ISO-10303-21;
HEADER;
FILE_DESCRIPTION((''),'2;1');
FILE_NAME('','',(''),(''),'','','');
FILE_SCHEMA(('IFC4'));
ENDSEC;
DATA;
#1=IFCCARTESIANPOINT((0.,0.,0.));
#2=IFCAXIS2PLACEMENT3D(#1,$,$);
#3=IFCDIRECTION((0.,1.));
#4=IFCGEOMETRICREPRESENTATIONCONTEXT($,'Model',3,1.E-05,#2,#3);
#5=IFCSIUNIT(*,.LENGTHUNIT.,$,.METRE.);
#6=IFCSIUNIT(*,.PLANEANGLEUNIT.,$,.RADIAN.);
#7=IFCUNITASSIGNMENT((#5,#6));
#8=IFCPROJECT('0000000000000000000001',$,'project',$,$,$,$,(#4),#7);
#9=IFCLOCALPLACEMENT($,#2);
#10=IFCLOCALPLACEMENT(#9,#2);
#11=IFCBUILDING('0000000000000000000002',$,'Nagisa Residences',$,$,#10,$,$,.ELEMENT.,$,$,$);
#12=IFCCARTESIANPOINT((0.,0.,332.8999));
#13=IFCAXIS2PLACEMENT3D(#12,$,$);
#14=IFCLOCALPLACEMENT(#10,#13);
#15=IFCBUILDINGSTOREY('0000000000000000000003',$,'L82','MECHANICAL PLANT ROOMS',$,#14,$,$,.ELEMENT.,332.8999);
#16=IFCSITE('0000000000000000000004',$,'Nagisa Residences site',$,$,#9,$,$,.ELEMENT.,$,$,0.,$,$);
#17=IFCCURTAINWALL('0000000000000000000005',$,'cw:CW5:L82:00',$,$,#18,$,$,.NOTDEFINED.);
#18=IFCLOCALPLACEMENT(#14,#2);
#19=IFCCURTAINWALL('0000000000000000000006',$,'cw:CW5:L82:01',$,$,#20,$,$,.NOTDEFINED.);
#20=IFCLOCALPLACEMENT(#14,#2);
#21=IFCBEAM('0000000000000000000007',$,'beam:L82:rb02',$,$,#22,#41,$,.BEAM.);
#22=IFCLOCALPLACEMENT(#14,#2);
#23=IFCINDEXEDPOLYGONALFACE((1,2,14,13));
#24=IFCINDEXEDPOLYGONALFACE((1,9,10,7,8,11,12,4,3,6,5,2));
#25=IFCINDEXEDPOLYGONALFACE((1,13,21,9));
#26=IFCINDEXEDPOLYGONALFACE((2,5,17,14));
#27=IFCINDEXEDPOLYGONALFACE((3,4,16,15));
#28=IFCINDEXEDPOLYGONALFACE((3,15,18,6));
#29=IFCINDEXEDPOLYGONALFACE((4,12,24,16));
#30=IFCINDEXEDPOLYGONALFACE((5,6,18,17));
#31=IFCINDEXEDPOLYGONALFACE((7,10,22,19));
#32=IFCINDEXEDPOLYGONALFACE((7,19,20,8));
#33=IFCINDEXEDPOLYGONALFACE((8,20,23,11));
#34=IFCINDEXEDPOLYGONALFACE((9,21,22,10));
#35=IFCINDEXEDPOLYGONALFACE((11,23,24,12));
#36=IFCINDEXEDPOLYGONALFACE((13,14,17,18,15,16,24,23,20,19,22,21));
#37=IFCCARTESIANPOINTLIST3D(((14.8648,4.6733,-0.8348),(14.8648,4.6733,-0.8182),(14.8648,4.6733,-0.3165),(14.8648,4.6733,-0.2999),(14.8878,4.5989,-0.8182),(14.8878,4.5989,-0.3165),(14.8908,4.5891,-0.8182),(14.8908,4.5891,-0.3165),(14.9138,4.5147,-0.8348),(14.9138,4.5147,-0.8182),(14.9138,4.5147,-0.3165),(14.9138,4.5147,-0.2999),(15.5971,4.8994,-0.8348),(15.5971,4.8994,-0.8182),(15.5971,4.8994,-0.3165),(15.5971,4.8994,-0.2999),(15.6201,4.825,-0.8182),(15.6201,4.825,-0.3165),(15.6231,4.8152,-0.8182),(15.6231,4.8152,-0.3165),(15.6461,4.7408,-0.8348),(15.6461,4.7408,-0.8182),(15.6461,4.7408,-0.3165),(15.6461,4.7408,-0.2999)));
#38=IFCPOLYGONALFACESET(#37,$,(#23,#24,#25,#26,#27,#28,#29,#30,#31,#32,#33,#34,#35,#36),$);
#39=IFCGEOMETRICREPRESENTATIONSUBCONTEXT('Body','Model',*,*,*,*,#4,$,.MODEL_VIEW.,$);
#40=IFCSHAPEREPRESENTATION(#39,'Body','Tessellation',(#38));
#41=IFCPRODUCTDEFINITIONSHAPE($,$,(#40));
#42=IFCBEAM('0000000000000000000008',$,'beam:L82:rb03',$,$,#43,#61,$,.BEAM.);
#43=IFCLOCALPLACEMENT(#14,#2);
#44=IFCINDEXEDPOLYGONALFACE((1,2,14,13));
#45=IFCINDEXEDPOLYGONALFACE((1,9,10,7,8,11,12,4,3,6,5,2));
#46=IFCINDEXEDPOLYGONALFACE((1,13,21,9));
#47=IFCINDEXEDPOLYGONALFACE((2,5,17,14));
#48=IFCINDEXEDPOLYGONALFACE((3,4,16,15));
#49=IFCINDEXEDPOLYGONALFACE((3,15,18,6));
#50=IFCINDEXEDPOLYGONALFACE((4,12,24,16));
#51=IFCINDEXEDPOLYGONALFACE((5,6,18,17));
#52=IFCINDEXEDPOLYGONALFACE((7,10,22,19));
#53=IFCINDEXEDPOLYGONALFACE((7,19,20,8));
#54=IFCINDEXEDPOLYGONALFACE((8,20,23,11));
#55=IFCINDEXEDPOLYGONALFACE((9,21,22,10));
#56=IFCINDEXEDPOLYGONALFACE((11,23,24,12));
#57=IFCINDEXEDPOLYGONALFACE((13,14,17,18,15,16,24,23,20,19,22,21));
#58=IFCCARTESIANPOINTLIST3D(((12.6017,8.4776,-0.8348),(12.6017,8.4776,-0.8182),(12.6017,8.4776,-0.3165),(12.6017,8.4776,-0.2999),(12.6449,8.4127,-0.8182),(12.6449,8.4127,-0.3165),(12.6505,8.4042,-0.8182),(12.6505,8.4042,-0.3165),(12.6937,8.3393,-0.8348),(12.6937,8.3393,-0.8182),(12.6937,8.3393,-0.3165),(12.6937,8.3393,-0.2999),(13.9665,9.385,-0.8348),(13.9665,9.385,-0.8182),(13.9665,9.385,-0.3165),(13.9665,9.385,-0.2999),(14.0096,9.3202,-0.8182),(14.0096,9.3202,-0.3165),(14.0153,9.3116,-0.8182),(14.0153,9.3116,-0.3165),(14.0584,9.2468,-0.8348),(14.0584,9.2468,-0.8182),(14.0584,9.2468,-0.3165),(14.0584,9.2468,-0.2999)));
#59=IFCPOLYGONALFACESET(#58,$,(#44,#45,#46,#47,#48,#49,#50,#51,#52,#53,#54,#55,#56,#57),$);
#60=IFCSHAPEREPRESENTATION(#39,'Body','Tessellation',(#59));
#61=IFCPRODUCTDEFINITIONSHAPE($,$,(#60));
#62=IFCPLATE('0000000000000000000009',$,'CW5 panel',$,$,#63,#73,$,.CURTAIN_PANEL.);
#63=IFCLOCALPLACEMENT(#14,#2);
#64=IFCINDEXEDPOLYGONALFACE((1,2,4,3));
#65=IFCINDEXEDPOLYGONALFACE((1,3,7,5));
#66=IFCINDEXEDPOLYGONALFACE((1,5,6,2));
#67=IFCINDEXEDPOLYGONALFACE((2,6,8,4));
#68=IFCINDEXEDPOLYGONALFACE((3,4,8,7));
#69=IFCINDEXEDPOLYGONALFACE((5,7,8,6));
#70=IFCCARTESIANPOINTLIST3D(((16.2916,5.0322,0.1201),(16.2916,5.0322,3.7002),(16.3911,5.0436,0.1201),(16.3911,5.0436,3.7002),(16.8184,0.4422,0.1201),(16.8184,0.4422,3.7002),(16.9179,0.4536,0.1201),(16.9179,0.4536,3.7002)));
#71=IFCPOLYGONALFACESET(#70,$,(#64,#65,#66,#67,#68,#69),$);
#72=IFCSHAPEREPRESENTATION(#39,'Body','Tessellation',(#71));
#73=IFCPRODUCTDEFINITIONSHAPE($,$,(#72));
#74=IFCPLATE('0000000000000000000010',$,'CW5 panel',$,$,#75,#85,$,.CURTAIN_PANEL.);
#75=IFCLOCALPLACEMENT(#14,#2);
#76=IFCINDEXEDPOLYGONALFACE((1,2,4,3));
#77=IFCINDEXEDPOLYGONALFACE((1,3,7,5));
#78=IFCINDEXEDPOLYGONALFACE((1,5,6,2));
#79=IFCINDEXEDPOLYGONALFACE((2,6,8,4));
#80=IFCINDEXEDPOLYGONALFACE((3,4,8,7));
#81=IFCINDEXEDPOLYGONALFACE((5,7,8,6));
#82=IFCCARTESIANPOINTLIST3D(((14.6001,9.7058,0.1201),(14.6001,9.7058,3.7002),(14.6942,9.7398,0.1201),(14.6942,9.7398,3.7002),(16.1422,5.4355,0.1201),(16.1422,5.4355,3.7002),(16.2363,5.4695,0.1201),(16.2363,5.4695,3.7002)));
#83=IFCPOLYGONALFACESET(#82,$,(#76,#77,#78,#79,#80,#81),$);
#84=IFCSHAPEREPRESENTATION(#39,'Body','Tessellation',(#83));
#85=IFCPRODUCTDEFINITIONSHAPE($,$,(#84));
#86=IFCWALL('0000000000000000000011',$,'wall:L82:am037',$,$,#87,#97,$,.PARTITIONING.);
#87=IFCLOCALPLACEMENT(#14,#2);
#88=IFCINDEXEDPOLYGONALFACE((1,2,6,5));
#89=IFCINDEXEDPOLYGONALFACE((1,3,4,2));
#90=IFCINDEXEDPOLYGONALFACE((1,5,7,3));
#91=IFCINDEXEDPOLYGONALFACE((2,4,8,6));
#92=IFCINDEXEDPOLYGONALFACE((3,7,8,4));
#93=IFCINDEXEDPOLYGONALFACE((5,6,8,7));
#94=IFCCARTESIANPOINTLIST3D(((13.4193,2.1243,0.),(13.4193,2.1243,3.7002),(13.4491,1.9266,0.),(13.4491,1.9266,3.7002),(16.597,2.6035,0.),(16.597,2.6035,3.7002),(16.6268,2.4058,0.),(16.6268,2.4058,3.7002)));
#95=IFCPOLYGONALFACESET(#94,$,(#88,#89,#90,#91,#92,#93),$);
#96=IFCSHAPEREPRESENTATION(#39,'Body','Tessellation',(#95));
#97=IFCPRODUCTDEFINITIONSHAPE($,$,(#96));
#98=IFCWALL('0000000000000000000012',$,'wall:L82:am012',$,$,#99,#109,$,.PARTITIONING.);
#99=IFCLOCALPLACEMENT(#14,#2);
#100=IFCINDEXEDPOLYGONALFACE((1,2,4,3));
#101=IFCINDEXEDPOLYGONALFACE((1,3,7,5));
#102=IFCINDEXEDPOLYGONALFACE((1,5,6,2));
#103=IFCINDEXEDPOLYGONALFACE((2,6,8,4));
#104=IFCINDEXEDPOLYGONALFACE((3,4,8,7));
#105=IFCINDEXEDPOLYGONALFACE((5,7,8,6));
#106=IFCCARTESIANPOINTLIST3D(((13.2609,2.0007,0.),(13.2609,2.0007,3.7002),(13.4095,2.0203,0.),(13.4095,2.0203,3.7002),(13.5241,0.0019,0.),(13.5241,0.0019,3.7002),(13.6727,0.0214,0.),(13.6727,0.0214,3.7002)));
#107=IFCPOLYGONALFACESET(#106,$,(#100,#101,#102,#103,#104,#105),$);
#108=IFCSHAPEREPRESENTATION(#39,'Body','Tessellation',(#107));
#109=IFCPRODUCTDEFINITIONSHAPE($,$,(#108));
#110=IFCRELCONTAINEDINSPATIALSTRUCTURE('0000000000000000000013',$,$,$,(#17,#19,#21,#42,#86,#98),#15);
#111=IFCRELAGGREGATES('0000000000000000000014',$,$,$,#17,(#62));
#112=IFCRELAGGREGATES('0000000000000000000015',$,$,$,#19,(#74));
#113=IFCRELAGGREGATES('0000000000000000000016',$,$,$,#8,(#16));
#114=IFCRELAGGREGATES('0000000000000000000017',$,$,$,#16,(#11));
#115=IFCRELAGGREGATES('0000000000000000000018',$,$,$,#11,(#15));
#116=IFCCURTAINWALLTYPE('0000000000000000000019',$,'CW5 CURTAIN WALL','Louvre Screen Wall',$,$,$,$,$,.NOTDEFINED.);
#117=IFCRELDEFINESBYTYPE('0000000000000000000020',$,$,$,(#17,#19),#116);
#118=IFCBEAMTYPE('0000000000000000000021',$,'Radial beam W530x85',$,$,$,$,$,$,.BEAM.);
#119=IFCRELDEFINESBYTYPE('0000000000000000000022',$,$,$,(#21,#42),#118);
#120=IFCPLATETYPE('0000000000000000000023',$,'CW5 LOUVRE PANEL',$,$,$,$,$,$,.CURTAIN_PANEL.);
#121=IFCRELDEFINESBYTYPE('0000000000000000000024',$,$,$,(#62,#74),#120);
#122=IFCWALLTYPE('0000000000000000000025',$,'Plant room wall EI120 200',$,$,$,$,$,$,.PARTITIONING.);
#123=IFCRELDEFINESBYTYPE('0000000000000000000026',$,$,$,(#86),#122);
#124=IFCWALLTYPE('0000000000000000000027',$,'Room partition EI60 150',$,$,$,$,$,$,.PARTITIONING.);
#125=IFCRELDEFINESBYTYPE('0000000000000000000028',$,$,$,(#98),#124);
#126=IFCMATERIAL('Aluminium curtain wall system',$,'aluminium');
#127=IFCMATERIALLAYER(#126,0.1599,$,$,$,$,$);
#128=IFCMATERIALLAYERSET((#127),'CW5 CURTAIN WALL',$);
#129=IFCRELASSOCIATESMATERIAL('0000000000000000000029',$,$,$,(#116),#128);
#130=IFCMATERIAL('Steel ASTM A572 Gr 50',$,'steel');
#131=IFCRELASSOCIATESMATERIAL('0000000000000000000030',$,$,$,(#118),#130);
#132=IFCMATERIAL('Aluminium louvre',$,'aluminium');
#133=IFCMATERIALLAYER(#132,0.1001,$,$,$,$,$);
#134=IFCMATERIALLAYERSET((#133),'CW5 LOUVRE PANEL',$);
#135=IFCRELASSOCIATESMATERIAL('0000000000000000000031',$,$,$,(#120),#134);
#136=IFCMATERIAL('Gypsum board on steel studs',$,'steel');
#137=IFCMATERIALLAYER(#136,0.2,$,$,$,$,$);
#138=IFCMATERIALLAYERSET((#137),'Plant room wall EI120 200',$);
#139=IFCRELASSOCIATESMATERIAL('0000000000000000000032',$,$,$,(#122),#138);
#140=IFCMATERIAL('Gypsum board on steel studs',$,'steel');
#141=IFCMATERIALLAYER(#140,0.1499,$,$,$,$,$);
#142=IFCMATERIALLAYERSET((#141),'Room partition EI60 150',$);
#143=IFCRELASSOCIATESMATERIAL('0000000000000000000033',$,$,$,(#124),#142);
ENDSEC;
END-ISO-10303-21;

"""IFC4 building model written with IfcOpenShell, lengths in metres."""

from ifc_helpers import new_model, si_unit, direction, frame, frame_2d, origin, origin_2d, place, context, subcontext, project, spatial, rectangle, i_section, extrude, material, layer, layer_set, material_profile, profile_set, type_object, element, aggregate, save


model = new_model("IFC4")

# Units and contexts
model_context = context("Model", 3, precision=1e-05, world=origin(), true_north=direction((0.0, 1.0)))
body_context = subcontext(model_context, "Body", "Model", "MODEL_VIEW")
ifc_project = project(units=[si_unit("LENGTHUNIT", "METRE"), si_unit("PLANEANGLEUNIT", "RADIAN")], contexts=[model_context])

# Site, building, storey
site_placement = place(None, origin())
site = spatial("IfcSite", under=ifc_project, at=site_placement, Name="Nagisa Residences site", CompositionType="ELEMENT", RefElevation=0.0)
building_placement = place(site_placement, origin())
building = spatial("IfcBuilding", under=site, at=building_placement, Name="Nagisa Residences", CompositionType="ELEMENT")
storey_placement = place(building_placement, frame((0.0, 0.0, 332.8999)))
storey = spatial("IfcBuildingStorey", under=building, at=storey_placement, Name="L82", Description="MECHANICAL PLANT ROOMS", CompositionType="ELEMENT", Elevation=332.8999)

# Curtain walls
ifc_material_1 = material(Name="Aluminium curtain wall system", Category="aluminium")
ifc_layer_1 = layer(ifc_material_1, 0.1599)
ifc_layer_set_1 = layer_set([ifc_layer_1], Name="CW5 CURTAIN WALL")
curtain_wall_type = type_object("IfcCurtainWallType", Name="CW5 CURTAIN WALL", Description="Louvre Screen Wall", PredefinedType="NOTDEFINED", material=ifc_layer_set_1)
curtain_wall_1_placement = place(storey_placement, origin())
curtain_wall_1 = element("IfcCurtainWall", 1, at=curtain_wall_1_placement, inside=storey, type_object=curtain_wall_type, Name="cw:CW5:L82:00", PredefinedType="NOTDEFINED")
curtain_wall_2_placement = place(storey_placement, origin())
curtain_wall_2 = element("IfcCurtainWall", 2, at=curtain_wall_2_placement, inside=storey, type_object=curtain_wall_type, Name="cw:CW5:L82:01", PredefinedType="NOTDEFINED")

# Beams
ifc_material_2 = material(Name="Steel ASTM A572 Gr 50", Category="steel")
ifc_material_profile_1 = material_profile(ifc_material_2, i_section(OverallWidth=0.166, OverallDepth=0.5349, WebThickness=0.0103, FlangeThickness=0.0166, at=origin_2d()), Name="W530x85")
ifc_profile_set_1 = profile_set([ifc_material_profile_1], Name="Steel ASTM A572 Gr 50")
beam_type_1 = type_object("IfcBeamType", Name="Radial beam W530x85", PredefinedType="BEAM", material=ifc_profile_set_1)
beam_1_placement = place(storey_placement, frame((15.6216, 4.8201, -0.5674), z_axis=(-0.955489, -0.295026, 0.0), x_axis=(0.295026, -0.955489, 0.0)))
element("IfcBeam", 3, at=beam_1_placement, inside=storey, type_object=beam_type_1, Name="beam:L82:rb02", PredefinedType="BEAM", context=body_context, shape_type="SweptSolid", body=[
    extrude(i_section(OverallWidth=0.166, OverallDepth=0.5349, WebThickness=0.0103, FlangeThickness=0.0166, at=origin_2d()), origin(), (0.0, 0.0, 1.0), 0.7664),
])
beam_2_placement = place(storey_placement, frame((14.0125, 9.3159, -0.5674), z_axis=(-0.832714, -0.553703, 0.0), x_axis=(0.553703, -0.832714, 0.0)))
element("IfcBeam", 4, at=beam_2_placement, inside=storey, type_object=beam_type_1, Name="beam:L82:rb03", PredefinedType="BEAM", context=body_context, shape_type="SweptSolid", body=[
    extrude(i_section(OverallWidth=0.166, OverallDepth=0.5349, WebThickness=0.0103, FlangeThickness=0.0166, at=origin_2d()), origin(), (0.0, 0.0, 1.0), 1.6389),
])

# Plates
ifc_material_3 = material(Name="Aluminium louvre", Category="aluminium")
ifc_layer_2 = layer(ifc_material_3, 0.1001)
ifc_layer_set_2 = layer_set([ifc_layer_2], Name="CW5 LOUVRE PANEL")
plate_type = type_object("IfcPlateType", Name="CW5 LOUVRE PANEL", PredefinedType="CURTAIN_PANEL", material=ifc_layer_set_2)
plate_1_placement = place(storey_placement, frame((16.6047, 2.7429, 0.1201), z_axis=(0.0, 0.0, 1.0), x_axis=(-0.114025, 0.993478, 0.0)))
plate_1 = element("IfcPlate", 5, at=plate_1_placement, type_object=plate_type, Name="CW5 panel", PredefinedType="CURTAIN_PANEL", context=body_context, shape_type="SweptSolid", body=[
    extrude(rectangle(XDim=4.6201, YDim=0.1001, at=origin_2d()), origin(), (0.0, 0.0, 1.0), 3.5801),
])
aggregate(curtain_wall_1, [plate_1])
plate_2_placement = place(storey_placement, frame((15.4182, 7.5876, 0.1201), z_axis=(0.0, 0.0, 1.0), x_axis=(-0.339643, 0.940554, 0.0)))
plate_2 = element("IfcPlate", 6, at=plate_2_placement, type_object=plate_type, Name="CW5 panel", PredefinedType="CURTAIN_PANEL", context=body_context, shape_type="SweptSolid", body=[
    extrude(rectangle(XDim=4.5403, YDim=0.1001, at=origin_2d()), origin(), (0.0, 0.0, 1.0), 3.5801),
])
aggregate(curtain_wall_2, [plate_2])

# Walls
ifc_material_4 = material(Name="Gypsum board on steel studs", Category="steel")
ifc_layer_3 = layer(ifc_material_4, 0.2)
ifc_layer_set_3 = layer_set([ifc_layer_3], Name="Plant room wall EI120 200")
wall_type_1 = type_object("IfcWallType", Name="Plant room wall EI120 200", PredefinedType="PARTITIONING", material=ifc_layer_set_3)
wall_1_placement = place(storey_placement, frame((13.4341, 2.0254, 0.0), z_axis=(0.0, 0.0, 1.0), x_axis=(0.988818, 0.149128, 0.0)))
element("IfcWall", 7, at=wall_1_placement, inside=storey, type_object=wall_type_1, Name="wall:L82:am037", PredefinedType="PARTITIONING", context=body_context, shape_type="SweptSolid", body=[
    extrude(rectangle(XDim=3.2136, YDim=0.2, at=frame_2d((1.6069, 0.0))), origin(), (0.0, 0.0, 1.0), 3.7002),
])
ifc_material_5 = material(Name="Gypsum board on steel studs", Category="steel")
ifc_layer_4 = layer(ifc_material_5, 0.1499)
ifc_layer_set_4 = layer_set([ifc_layer_4], Name="Room partition EI60 150")
wall_type_2 = type_object("IfcWallType", Name="Room partition EI60 150", PredefinedType="PARTITIONING", material=ifc_layer_set_4)
wall_2_placement = place(storey_placement, frame((13.3352, 2.0105, 0.0), z_axis=(0.0, 0.0, 1.0), x_axis=(0.130545, -0.991442, 0.0)))
element("IfcWall", 8, at=wall_2_placement, inside=storey, type_object=wall_type_2, Name="wall:L82:am012", PredefinedType="PARTITIONING", context=body_context, shape_type="SweptSolid", body=[
    extrude(rectangle(XDim=2.0161, YDim=0.1499, at=frame_2d((1.0081, 0.0))), origin(), (0.0, 0.0, 1.0), 3.7002),
])

save(model, "model.ifc")
